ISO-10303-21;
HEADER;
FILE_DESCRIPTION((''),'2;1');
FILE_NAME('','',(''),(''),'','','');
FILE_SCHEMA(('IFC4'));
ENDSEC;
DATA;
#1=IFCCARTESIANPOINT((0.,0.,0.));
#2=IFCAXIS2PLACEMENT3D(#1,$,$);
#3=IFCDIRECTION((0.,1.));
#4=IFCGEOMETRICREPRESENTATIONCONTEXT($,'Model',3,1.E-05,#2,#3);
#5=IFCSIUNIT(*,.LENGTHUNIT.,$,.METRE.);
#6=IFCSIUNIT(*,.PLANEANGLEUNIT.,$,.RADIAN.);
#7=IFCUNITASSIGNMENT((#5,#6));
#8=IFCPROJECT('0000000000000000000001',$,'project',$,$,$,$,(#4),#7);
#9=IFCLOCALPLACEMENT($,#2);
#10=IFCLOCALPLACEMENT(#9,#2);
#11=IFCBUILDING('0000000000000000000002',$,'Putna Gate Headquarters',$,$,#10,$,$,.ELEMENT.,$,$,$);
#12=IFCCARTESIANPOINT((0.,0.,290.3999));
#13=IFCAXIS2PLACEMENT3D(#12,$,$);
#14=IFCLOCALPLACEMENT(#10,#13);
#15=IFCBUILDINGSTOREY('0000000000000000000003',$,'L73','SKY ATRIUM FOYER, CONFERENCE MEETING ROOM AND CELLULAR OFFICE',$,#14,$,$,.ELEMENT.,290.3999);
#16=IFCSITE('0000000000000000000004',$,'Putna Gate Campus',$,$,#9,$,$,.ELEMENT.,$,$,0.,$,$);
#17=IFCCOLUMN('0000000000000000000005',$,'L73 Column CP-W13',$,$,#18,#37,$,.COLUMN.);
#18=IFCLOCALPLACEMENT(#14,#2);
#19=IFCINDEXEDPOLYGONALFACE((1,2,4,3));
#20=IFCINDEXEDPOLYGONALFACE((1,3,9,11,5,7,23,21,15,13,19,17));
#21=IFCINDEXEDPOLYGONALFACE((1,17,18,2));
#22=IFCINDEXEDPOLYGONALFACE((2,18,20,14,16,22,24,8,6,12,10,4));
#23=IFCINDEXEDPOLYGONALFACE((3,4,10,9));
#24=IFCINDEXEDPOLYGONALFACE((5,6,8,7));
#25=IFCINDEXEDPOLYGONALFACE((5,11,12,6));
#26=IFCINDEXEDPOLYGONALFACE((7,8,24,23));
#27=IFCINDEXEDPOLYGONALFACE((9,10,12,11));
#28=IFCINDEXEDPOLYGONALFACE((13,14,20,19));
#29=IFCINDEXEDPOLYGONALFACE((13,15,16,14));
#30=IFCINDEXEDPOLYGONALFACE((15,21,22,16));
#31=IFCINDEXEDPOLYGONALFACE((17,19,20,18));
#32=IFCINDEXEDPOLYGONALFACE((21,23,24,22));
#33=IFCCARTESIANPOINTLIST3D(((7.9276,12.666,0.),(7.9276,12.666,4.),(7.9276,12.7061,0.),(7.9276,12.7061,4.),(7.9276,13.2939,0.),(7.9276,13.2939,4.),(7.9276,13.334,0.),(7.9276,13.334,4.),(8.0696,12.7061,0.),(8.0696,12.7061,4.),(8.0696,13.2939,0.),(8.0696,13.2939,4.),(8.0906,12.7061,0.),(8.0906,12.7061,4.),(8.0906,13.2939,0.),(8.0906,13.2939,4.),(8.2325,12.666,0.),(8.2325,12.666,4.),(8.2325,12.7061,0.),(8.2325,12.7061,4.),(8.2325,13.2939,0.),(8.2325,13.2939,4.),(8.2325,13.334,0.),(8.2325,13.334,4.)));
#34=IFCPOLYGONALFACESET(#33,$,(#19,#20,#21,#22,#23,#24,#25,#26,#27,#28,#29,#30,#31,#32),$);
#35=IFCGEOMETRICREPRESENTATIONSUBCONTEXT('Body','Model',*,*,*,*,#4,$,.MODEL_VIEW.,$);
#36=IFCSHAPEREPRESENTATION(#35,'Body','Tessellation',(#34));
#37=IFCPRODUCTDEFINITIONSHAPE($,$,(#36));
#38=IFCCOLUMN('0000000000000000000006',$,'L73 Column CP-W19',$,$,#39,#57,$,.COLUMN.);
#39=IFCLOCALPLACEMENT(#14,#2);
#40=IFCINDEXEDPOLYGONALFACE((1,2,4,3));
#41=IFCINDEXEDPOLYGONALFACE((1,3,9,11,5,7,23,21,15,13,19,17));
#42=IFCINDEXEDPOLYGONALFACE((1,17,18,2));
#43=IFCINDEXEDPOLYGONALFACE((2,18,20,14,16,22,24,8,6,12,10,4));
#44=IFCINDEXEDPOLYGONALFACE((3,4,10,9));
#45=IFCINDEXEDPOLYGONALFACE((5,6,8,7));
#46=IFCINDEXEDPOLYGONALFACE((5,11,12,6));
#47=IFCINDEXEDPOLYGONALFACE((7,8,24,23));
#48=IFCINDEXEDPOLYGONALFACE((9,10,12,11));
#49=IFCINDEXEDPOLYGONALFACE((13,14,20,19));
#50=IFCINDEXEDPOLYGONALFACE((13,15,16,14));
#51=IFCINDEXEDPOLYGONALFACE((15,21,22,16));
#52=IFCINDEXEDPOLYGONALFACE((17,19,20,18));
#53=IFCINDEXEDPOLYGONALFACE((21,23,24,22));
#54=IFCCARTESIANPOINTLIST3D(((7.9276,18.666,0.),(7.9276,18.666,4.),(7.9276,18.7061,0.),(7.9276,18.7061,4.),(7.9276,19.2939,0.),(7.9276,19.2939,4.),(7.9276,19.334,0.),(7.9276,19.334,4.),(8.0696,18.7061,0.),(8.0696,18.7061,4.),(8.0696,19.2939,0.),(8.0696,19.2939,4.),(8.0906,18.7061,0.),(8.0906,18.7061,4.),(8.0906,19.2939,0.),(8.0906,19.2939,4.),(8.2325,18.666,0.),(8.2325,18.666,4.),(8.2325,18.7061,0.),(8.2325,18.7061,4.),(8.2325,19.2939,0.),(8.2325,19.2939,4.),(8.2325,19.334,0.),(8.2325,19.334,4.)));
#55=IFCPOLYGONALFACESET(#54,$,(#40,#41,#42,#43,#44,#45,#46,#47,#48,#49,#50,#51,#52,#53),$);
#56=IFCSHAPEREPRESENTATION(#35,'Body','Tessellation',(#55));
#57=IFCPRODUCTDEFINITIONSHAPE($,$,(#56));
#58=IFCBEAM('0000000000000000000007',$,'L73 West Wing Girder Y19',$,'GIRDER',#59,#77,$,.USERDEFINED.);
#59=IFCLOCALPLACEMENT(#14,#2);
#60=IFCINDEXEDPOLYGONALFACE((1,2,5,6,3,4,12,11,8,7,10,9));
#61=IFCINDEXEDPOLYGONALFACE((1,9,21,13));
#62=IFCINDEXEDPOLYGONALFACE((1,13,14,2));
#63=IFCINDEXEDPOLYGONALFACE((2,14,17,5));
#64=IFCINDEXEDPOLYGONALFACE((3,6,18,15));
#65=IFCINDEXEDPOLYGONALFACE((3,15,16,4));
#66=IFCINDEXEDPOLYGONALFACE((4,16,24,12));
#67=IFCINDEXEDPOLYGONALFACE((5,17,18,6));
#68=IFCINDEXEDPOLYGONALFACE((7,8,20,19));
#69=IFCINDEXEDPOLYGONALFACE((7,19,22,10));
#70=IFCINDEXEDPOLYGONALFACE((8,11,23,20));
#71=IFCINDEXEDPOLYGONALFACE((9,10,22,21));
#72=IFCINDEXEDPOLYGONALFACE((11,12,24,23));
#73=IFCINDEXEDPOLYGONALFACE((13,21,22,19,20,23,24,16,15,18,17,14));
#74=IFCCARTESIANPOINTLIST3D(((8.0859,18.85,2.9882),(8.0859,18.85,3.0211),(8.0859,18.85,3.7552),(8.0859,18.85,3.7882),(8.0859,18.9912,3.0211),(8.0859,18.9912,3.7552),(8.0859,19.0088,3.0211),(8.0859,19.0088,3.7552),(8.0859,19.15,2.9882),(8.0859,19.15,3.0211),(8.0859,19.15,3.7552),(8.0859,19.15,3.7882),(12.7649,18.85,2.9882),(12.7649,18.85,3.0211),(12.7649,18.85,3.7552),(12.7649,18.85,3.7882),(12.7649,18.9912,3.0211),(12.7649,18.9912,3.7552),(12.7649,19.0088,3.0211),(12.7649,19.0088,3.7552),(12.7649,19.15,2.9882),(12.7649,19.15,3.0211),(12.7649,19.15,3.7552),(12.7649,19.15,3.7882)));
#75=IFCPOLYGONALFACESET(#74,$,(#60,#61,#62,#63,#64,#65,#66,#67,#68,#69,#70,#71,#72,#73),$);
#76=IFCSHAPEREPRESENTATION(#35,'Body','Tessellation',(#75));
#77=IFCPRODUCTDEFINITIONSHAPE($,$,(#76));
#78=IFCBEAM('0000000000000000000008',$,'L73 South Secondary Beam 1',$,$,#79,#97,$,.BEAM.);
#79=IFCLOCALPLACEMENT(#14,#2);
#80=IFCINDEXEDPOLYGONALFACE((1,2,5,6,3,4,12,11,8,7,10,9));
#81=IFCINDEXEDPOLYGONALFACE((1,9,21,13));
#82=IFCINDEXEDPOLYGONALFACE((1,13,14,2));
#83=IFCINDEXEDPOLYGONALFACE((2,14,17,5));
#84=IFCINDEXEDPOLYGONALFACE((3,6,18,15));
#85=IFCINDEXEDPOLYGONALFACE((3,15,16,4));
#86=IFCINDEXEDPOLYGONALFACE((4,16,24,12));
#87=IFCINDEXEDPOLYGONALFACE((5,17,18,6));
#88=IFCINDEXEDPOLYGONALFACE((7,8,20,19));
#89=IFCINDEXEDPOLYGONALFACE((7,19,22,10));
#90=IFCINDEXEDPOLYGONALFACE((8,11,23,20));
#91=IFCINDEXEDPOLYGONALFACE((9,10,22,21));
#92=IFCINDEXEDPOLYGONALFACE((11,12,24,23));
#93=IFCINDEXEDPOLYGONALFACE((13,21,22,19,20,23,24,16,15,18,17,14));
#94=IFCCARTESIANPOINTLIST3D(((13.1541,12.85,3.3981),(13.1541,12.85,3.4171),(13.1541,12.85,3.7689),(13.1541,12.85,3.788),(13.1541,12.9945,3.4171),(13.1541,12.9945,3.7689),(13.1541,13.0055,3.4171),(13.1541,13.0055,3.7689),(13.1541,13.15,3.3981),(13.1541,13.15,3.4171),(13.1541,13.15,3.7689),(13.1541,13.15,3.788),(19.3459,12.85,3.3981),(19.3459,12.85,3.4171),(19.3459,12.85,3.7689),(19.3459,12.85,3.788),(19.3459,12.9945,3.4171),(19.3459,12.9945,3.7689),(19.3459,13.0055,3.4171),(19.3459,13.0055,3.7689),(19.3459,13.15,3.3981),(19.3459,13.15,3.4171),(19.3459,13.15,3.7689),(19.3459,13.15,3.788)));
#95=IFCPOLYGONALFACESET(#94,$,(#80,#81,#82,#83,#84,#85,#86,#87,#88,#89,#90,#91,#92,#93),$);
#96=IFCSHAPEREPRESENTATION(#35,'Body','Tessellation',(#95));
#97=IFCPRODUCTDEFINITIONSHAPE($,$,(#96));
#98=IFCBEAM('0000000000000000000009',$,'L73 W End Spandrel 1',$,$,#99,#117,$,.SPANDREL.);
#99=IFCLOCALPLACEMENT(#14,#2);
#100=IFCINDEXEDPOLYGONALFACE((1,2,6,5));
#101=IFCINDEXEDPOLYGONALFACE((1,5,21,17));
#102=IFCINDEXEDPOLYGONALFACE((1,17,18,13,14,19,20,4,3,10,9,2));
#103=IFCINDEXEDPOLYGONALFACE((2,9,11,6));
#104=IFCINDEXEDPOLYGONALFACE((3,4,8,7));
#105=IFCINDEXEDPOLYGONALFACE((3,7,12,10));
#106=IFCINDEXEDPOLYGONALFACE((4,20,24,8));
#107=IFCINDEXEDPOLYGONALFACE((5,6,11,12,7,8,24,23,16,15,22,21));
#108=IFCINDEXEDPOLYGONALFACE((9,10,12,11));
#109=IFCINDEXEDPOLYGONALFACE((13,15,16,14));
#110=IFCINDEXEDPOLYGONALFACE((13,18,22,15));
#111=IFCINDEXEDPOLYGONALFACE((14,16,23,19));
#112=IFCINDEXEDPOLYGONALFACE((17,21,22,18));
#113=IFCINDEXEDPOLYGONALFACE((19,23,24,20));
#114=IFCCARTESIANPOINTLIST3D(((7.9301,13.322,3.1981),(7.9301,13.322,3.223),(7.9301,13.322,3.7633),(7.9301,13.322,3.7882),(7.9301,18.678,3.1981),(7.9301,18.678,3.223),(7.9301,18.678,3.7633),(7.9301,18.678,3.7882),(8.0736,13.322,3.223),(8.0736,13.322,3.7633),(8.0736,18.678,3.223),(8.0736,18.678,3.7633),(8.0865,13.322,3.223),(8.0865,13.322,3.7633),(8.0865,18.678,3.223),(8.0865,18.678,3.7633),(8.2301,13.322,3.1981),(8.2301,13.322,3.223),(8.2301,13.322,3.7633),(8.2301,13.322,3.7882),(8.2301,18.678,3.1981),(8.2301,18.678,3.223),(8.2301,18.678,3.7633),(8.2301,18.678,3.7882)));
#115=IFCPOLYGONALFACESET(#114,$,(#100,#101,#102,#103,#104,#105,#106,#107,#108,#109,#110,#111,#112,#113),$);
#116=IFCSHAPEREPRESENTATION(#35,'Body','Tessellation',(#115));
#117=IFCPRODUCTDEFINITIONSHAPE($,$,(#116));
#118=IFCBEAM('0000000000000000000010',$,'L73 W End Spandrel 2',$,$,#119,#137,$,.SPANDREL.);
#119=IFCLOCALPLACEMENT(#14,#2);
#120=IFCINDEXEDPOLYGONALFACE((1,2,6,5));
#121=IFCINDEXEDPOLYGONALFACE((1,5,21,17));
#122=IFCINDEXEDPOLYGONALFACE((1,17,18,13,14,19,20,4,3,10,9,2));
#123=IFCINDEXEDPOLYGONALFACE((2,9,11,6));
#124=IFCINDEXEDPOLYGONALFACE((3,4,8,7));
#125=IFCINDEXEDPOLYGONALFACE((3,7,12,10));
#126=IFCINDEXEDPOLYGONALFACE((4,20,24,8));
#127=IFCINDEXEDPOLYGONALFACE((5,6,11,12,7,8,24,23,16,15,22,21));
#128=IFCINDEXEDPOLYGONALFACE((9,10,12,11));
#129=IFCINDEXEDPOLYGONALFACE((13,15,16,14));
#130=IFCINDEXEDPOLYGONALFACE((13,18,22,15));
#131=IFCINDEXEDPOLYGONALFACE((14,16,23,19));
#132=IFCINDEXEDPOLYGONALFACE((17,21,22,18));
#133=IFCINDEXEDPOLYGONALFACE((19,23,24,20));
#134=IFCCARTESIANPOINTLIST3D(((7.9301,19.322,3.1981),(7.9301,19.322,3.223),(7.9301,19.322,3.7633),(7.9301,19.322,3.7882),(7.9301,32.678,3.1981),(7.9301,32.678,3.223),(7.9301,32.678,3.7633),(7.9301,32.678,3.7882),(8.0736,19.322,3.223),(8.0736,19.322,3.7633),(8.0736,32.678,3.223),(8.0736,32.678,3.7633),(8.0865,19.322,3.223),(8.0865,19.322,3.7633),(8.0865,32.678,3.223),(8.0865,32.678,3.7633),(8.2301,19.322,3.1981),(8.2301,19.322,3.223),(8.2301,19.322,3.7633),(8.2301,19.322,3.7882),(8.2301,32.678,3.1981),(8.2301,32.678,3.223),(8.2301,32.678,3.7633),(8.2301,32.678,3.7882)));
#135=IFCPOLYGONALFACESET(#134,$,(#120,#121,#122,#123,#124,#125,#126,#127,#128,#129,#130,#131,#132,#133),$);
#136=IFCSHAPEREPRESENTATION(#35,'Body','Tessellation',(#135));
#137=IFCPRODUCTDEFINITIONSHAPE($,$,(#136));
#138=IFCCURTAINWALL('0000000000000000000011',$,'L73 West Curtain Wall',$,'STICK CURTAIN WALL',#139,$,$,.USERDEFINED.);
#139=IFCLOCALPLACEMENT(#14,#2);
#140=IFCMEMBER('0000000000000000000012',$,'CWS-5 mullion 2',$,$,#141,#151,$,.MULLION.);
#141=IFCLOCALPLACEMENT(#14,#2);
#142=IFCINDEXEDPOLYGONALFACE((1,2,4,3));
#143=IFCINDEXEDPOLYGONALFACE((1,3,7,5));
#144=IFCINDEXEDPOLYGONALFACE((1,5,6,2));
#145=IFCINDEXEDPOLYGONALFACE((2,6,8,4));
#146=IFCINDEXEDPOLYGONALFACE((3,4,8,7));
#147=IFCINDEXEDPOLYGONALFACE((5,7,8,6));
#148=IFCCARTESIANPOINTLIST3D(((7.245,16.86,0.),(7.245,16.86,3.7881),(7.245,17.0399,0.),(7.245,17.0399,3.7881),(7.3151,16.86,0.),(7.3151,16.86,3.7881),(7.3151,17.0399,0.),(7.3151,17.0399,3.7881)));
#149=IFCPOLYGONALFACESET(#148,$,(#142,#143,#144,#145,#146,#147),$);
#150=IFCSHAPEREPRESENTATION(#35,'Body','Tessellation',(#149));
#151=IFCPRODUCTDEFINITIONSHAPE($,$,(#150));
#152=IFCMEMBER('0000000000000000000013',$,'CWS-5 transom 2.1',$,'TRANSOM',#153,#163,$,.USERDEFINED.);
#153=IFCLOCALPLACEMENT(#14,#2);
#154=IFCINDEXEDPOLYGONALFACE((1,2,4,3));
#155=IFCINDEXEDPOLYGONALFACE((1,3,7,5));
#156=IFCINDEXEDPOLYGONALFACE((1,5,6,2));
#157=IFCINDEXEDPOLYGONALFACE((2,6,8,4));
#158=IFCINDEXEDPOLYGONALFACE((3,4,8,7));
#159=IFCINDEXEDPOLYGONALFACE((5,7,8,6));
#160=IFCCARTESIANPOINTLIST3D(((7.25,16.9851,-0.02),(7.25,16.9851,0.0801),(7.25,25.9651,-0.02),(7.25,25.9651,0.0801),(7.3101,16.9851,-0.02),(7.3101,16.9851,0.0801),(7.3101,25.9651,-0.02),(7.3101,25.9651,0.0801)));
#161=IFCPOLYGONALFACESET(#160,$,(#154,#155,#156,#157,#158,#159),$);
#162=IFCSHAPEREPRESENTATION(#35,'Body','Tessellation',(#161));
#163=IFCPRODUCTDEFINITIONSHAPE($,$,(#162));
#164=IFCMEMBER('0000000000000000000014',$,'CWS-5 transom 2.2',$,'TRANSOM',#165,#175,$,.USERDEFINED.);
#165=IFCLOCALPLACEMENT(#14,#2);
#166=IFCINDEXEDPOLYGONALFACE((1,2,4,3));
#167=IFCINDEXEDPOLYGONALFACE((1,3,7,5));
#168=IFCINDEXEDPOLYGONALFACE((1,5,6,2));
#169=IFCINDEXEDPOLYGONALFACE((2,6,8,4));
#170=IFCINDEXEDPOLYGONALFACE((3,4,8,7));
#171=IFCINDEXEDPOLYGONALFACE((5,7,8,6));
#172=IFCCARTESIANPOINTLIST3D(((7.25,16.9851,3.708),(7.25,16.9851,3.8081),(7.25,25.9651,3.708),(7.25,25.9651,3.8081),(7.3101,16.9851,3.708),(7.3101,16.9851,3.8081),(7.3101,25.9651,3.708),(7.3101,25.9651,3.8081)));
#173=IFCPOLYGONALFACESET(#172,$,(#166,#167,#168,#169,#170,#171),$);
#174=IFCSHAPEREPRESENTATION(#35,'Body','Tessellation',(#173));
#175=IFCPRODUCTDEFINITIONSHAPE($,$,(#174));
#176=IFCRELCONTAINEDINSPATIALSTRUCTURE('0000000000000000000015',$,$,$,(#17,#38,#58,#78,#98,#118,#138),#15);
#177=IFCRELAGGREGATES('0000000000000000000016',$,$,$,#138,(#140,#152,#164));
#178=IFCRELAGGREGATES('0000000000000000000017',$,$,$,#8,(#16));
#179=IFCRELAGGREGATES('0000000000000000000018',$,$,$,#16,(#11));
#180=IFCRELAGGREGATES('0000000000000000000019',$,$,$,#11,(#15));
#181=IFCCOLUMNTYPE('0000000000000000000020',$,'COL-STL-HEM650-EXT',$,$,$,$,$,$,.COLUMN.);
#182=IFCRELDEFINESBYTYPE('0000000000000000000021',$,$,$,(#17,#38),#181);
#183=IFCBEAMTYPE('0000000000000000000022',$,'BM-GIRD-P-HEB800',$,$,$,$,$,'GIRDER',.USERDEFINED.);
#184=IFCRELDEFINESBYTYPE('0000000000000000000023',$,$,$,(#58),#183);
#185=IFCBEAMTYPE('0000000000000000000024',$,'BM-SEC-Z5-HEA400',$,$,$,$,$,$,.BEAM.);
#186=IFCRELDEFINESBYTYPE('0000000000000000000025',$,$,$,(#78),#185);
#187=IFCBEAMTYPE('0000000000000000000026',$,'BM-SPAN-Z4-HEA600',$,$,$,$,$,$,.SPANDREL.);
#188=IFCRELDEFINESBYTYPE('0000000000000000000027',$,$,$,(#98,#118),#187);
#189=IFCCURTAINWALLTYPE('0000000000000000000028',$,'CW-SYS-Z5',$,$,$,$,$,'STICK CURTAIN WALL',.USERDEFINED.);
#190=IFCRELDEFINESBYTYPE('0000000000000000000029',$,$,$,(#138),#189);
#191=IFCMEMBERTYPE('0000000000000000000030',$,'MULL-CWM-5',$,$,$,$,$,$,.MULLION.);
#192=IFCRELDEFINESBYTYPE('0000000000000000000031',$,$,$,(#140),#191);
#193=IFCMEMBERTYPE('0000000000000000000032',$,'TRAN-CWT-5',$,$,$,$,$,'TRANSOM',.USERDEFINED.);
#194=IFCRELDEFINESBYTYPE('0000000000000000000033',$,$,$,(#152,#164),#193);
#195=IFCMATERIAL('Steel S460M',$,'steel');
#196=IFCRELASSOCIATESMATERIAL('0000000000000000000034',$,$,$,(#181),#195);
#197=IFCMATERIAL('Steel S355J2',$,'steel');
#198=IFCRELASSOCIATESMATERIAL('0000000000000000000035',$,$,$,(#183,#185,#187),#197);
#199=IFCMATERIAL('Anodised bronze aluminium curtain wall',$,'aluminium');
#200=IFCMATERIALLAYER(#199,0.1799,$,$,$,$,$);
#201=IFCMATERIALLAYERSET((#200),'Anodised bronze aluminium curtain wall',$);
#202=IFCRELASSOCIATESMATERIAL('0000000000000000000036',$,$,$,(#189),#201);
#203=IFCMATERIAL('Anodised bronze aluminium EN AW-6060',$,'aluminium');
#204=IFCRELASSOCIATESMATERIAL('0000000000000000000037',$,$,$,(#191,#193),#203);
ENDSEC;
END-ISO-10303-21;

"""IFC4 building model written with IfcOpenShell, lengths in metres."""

from ifc_helpers import new_model, si_unit, direction, frame, origin, origin_2d, place, context, subcontext, project, spatial, rectangle, i_section, extrude, material, layer, layer_set, material_profile, profile_set, type_object, element, aggregate, save


model = new_model("IFC4")

# Units and contexts
model_context = context("Model", 3, precision=1e-05, world=origin(), true_north=direction((0.0, 1.0)))
body_context = subcontext(model_context, "Body", "Model", "MODEL_VIEW")
ifc_project = project(units=[si_unit("LENGTHUNIT", "METRE"), si_unit("PLANEANGLEUNIT", "RADIAN")], contexts=[model_context])

# Site, building, storey
site_placement = place(None, origin())
site = spatial("IfcSite", under=ifc_project, at=site_placement, Name="Putna Gate Campus", CompositionType="ELEMENT", RefElevation=0.0)
building_placement = place(site_placement, origin())
building = spatial("IfcBuilding", under=site, at=building_placement, Name="Putna Gate Headquarters", CompositionType="ELEMENT")
storey_placement = place(building_placement, frame((0.0, 0.0, 290.3999)))
storey = spatial("IfcBuildingStorey", under=building, at=storey_placement, Name="L73", Description="SKY ATRIUM FOYER, CONFERENCE MEETING ROOM AND CELLULAR OFFICE", CompositionType="ELEMENT", Elevation=290.3999)

# Columns
ifc_material_1 = material(Name="Steel S460M", Category="steel")
ifc_material_profile_1 = material_profile(ifc_material_1, i_section(OverallWidth=0.3049, OverallDepth=0.668, WebThickness=0.021, FlangeThickness=0.04, at=origin_2d()), Name="Steel S460M")
ifc_profile_set_1 = profile_set([ifc_material_profile_1], Name="Steel S460M")
column_type = type_object("IfcColumnType", Name="COL-STL-HEM650-EXT", PredefinedType="COLUMN", material=ifc_profile_set_1)
for number, where, z_axis, x_axis, name in (
    (1, (8.0801, 13.0, 0.0), (0.0, 0.0, 1.0), (1.0, 0.0, 0.0), "L73 Column CP-W13"),
    (2, (8.0801, 19.0, 0.0), (0.0, 0.0, 1.0), (1.0, 0.0, 0.0), "L73 Column CP-W19"),
):
    element("IfcColumn", number, at=place(storey_placement, frame(where, z_axis=z_axis, x_axis=x_axis)), inside=storey, type_object=column_type, Name=name, PredefinedType="COLUMN", context=body_context, shape_type="SweptSolid", body=[
        extrude(i_section(OverallWidth=0.3049, OverallDepth=0.668, WebThickness=0.021, FlangeThickness=0.04, at=origin_2d()), origin(), (0.0, 0.0, 1.0), 4.0),
    ])

# Beams
ifc_material_2 = material(Name="Steel S355J2", Category="steel")
ifc_material_profile_2 = material_profile(ifc_material_2, i_section(OverallWidth=0.3, OverallDepth=0.8, WebThickness=0.0176, FlangeThickness=0.033, at=origin_2d()), Name="Steel S355J2")
ifc_profile_set_2 = profile_set([ifc_material_profile_2], Name="Steel S355J2")
beam_type_1 = type_object("IfcBeamType", Name="BM-GIRD-P-HEB800", ElementType="GIRDER", PredefinedType="USERDEFINED", material=ifc_profile_set_2)
beam_1_placement = place(storey_placement, frame((8.0859, 19.0, 3.3882), z_axis=(1.0, 0.0, 0.0), x_axis=(0.0, 1.0, 0.0)))
element("IfcBeam", 3, at=beam_1_placement, inside=storey, type_object=beam_type_1, Name="L73 West Wing Girder Y19", ObjectType="GIRDER", PredefinedType="USERDEFINED", context=body_context, shape_type="SweptSolid", body=[
    extrude(i_section(OverallWidth=0.3, OverallDepth=0.8, WebThickness=0.0176, FlangeThickness=0.033, at=origin_2d()), origin(), (0.0, 0.0, 1.0), 4.679),
])
ifc_material_profile_3 = material_profile(ifc_material_2, i_section(OverallWidth=0.3, OverallDepth=0.3899, WebThickness=0.011, FlangeThickness=0.019, at=origin_2d()), Name="Steel S355J2")
ifc_profile_set_3 = profile_set([ifc_material_profile_3], Name="Steel S355J2")
beam_type_2 = type_object("IfcBeamType", Name="BM-SEC-Z5-HEA400", PredefinedType="BEAM", material=ifc_profile_set_3)
beam_2_placement = place(storey_placement, frame((13.1541, 13.0, 3.593), z_axis=(1.0, 0.0, 0.0), x_axis=(0.0, 1.0, 0.0)))
element("IfcBeam", 4, at=beam_2_placement, inside=storey, type_object=beam_type_2, Name="L73 South Secondary Beam 1", PredefinedType="BEAM", context=body_context, shape_type="SweptSolid", body=[
    extrude(i_section(OverallWidth=0.3, OverallDepth=0.3899, WebThickness=0.011, FlangeThickness=0.019, at=origin_2d()), origin(), (0.0, 0.0, 1.0), 6.1919),
])
ifc_material_profile_4 = material_profile(ifc_material_2, i_section(OverallWidth=0.3, OverallDepth=0.5901, WebThickness=0.0129, FlangeThickness=0.0249, at=origin_2d()), Name="Steel S355J2")
ifc_profile_set_4 = profile_set([ifc_material_profile_4], Name="Steel S355J2")
beam_type_3 = type_object("IfcBeamType", Name="BM-SPAN-Z4-HEA600", PredefinedType="SPANDREL", material=ifc_profile_set_4)
beam_3_placement = place(storey_placement, frame((8.0801, 13.322, 3.4932), z_axis=(0.0, 1.0, 0.0), x_axis=(-1.0, 0.0, 0.0)))
element("IfcBeam", 5, at=beam_3_placement, inside=storey, type_object=beam_type_3, Name="L73 W End Spandrel 1", PredefinedType="SPANDREL", context=body_context, shape_type="SweptSolid", body=[
    extrude(i_section(OverallWidth=0.3, OverallDepth=0.5901, WebThickness=0.0129, FlangeThickness=0.0249, at=origin_2d()), origin(), (0.0, 0.0, 1.0), 5.356),
])
beam_4_placement = place(storey_placement, frame((8.0801, 19.322, 3.4932), z_axis=(0.0, 1.0, 0.0), x_axis=(-1.0, 0.0, 0.0)))
element("IfcBeam", 6, at=beam_4_placement, inside=storey, type_object=beam_type_3, Name="L73 W End Spandrel 2", PredefinedType="SPANDREL", context=body_context, shape_type="SweptSolid", body=[
    extrude(i_section(OverallWidth=0.3, OverallDepth=0.5901, WebThickness=0.0129, FlangeThickness=0.0249, at=origin_2d()), origin(), (0.0, 0.0, 1.0), 13.356),
])

# Curtain wall, members
ifc_material_3 = material(Name="Anodised bronze aluminium curtain wall", Category="aluminium")
ifc_layer_1 = layer(ifc_material_3, 0.1799)
ifc_layer_set_1 = layer_set([ifc_layer_1], Name="Anodised bronze aluminium curtain wall")
curtain_wall_type = type_object("IfcCurtainWallType", Name="CW-SYS-Z5", ElementType="STICK CURTAIN WALL", PredefinedType="USERDEFINED", material=ifc_layer_set_1)
curtain_wall_placement = place(storey_placement, origin())
curtain_wall = element("IfcCurtainWall", 7, at=curtain_wall_placement, inside=storey, type_object=curtain_wall_type, Name="L73 West Curtain Wall", ObjectType="STICK CURTAIN WALL", PredefinedType="USERDEFINED")
ifc_material_4 = material(Name="Anodised bronze aluminium EN AW-6060", Category="aluminium")
ifc_material_profile_5 = material_profile(ifc_material_4, rectangle(XDim=0.0701, YDim=0.1799, at=origin_2d()), Name="Anodised bronze aluminium EN AW-6060")
ifc_profile_set_5 = profile_set([ifc_material_profile_5], Name="Anodised bronze aluminium EN AW-6060")
member_type_1 = type_object("IfcMemberType", Name="MULL-CWM-5", PredefinedType="MULLION", material=ifc_profile_set_5)
member_1_placement = place(storey_placement, frame((7.28, 16.95, 0.0), z_axis=(0.0, 0.0, 1.0), x_axis=(-1.0, 0.0, 0.0)))
member_1 = element("IfcMember", 8, at=member_1_placement, type_object=member_type_1, Name="CWS-5 mullion 2", PredefinedType="MULLION", context=body_context, shape_type="SweptSolid", body=[
    extrude(rectangle(XDim=0.0701, YDim=0.1799, at=origin_2d()), origin(), (0.0, 0.0, 1.0), 3.7881),
])
ifc_material_profile_6 = material_profile(ifc_material_4, rectangle(XDim=0.0601, YDim=0.1001, at=origin_2d()), Name="Anodised bronze aluminium EN AW-6060")
ifc_profile_set_6 = profile_set([ifc_material_profile_6], Name="Anodised bronze aluminium EN AW-6060")
member_type_2 = type_object("IfcMemberType", Name="TRAN-CWT-5", ElementType="TRANSOM", PredefinedType="USERDEFINED", material=ifc_profile_set_6)
member_2_placement = place(storey_placement, frame((7.28, 16.9851, 0.03), z_axis=(0.0, 1.0, 0.0), x_axis=(-1.0, 0.0, 0.0)))
member_2 = element("IfcMember", 9, at=member_2_placement, type_object=member_type_2, Name="CWS-5 transom 2.1", ObjectType="TRANSOM", PredefinedType="USERDEFINED", context=body_context, shape_type="SweptSolid", body=[
    extrude(rectangle(XDim=0.0601, YDim=0.1001, at=origin_2d()), origin(), (0.0, 0.0, 1.0), 8.98),
])
member_3_placement = place(storey_placement, frame((7.28, 16.9851, 3.7581), z_axis=(0.0, 1.0, 0.0), x_axis=(-1.0, 0.0, 0.0)))
member_3 = element("IfcMember", 10, at=member_3_placement, type_object=member_type_2, Name="CWS-5 transom 2.2", ObjectType="TRANSOM", PredefinedType="USERDEFINED", context=body_context, shape_type="SweptSolid", body=[
    extrude(rectangle(XDim=0.0601, YDim=0.1001, at=origin_2d()), origin(), (0.0, 0.0, 1.0), 8.98),
])
aggregate(curtain_wall, [member_1, member_2, member_3])

save(model, "model.ifc")
